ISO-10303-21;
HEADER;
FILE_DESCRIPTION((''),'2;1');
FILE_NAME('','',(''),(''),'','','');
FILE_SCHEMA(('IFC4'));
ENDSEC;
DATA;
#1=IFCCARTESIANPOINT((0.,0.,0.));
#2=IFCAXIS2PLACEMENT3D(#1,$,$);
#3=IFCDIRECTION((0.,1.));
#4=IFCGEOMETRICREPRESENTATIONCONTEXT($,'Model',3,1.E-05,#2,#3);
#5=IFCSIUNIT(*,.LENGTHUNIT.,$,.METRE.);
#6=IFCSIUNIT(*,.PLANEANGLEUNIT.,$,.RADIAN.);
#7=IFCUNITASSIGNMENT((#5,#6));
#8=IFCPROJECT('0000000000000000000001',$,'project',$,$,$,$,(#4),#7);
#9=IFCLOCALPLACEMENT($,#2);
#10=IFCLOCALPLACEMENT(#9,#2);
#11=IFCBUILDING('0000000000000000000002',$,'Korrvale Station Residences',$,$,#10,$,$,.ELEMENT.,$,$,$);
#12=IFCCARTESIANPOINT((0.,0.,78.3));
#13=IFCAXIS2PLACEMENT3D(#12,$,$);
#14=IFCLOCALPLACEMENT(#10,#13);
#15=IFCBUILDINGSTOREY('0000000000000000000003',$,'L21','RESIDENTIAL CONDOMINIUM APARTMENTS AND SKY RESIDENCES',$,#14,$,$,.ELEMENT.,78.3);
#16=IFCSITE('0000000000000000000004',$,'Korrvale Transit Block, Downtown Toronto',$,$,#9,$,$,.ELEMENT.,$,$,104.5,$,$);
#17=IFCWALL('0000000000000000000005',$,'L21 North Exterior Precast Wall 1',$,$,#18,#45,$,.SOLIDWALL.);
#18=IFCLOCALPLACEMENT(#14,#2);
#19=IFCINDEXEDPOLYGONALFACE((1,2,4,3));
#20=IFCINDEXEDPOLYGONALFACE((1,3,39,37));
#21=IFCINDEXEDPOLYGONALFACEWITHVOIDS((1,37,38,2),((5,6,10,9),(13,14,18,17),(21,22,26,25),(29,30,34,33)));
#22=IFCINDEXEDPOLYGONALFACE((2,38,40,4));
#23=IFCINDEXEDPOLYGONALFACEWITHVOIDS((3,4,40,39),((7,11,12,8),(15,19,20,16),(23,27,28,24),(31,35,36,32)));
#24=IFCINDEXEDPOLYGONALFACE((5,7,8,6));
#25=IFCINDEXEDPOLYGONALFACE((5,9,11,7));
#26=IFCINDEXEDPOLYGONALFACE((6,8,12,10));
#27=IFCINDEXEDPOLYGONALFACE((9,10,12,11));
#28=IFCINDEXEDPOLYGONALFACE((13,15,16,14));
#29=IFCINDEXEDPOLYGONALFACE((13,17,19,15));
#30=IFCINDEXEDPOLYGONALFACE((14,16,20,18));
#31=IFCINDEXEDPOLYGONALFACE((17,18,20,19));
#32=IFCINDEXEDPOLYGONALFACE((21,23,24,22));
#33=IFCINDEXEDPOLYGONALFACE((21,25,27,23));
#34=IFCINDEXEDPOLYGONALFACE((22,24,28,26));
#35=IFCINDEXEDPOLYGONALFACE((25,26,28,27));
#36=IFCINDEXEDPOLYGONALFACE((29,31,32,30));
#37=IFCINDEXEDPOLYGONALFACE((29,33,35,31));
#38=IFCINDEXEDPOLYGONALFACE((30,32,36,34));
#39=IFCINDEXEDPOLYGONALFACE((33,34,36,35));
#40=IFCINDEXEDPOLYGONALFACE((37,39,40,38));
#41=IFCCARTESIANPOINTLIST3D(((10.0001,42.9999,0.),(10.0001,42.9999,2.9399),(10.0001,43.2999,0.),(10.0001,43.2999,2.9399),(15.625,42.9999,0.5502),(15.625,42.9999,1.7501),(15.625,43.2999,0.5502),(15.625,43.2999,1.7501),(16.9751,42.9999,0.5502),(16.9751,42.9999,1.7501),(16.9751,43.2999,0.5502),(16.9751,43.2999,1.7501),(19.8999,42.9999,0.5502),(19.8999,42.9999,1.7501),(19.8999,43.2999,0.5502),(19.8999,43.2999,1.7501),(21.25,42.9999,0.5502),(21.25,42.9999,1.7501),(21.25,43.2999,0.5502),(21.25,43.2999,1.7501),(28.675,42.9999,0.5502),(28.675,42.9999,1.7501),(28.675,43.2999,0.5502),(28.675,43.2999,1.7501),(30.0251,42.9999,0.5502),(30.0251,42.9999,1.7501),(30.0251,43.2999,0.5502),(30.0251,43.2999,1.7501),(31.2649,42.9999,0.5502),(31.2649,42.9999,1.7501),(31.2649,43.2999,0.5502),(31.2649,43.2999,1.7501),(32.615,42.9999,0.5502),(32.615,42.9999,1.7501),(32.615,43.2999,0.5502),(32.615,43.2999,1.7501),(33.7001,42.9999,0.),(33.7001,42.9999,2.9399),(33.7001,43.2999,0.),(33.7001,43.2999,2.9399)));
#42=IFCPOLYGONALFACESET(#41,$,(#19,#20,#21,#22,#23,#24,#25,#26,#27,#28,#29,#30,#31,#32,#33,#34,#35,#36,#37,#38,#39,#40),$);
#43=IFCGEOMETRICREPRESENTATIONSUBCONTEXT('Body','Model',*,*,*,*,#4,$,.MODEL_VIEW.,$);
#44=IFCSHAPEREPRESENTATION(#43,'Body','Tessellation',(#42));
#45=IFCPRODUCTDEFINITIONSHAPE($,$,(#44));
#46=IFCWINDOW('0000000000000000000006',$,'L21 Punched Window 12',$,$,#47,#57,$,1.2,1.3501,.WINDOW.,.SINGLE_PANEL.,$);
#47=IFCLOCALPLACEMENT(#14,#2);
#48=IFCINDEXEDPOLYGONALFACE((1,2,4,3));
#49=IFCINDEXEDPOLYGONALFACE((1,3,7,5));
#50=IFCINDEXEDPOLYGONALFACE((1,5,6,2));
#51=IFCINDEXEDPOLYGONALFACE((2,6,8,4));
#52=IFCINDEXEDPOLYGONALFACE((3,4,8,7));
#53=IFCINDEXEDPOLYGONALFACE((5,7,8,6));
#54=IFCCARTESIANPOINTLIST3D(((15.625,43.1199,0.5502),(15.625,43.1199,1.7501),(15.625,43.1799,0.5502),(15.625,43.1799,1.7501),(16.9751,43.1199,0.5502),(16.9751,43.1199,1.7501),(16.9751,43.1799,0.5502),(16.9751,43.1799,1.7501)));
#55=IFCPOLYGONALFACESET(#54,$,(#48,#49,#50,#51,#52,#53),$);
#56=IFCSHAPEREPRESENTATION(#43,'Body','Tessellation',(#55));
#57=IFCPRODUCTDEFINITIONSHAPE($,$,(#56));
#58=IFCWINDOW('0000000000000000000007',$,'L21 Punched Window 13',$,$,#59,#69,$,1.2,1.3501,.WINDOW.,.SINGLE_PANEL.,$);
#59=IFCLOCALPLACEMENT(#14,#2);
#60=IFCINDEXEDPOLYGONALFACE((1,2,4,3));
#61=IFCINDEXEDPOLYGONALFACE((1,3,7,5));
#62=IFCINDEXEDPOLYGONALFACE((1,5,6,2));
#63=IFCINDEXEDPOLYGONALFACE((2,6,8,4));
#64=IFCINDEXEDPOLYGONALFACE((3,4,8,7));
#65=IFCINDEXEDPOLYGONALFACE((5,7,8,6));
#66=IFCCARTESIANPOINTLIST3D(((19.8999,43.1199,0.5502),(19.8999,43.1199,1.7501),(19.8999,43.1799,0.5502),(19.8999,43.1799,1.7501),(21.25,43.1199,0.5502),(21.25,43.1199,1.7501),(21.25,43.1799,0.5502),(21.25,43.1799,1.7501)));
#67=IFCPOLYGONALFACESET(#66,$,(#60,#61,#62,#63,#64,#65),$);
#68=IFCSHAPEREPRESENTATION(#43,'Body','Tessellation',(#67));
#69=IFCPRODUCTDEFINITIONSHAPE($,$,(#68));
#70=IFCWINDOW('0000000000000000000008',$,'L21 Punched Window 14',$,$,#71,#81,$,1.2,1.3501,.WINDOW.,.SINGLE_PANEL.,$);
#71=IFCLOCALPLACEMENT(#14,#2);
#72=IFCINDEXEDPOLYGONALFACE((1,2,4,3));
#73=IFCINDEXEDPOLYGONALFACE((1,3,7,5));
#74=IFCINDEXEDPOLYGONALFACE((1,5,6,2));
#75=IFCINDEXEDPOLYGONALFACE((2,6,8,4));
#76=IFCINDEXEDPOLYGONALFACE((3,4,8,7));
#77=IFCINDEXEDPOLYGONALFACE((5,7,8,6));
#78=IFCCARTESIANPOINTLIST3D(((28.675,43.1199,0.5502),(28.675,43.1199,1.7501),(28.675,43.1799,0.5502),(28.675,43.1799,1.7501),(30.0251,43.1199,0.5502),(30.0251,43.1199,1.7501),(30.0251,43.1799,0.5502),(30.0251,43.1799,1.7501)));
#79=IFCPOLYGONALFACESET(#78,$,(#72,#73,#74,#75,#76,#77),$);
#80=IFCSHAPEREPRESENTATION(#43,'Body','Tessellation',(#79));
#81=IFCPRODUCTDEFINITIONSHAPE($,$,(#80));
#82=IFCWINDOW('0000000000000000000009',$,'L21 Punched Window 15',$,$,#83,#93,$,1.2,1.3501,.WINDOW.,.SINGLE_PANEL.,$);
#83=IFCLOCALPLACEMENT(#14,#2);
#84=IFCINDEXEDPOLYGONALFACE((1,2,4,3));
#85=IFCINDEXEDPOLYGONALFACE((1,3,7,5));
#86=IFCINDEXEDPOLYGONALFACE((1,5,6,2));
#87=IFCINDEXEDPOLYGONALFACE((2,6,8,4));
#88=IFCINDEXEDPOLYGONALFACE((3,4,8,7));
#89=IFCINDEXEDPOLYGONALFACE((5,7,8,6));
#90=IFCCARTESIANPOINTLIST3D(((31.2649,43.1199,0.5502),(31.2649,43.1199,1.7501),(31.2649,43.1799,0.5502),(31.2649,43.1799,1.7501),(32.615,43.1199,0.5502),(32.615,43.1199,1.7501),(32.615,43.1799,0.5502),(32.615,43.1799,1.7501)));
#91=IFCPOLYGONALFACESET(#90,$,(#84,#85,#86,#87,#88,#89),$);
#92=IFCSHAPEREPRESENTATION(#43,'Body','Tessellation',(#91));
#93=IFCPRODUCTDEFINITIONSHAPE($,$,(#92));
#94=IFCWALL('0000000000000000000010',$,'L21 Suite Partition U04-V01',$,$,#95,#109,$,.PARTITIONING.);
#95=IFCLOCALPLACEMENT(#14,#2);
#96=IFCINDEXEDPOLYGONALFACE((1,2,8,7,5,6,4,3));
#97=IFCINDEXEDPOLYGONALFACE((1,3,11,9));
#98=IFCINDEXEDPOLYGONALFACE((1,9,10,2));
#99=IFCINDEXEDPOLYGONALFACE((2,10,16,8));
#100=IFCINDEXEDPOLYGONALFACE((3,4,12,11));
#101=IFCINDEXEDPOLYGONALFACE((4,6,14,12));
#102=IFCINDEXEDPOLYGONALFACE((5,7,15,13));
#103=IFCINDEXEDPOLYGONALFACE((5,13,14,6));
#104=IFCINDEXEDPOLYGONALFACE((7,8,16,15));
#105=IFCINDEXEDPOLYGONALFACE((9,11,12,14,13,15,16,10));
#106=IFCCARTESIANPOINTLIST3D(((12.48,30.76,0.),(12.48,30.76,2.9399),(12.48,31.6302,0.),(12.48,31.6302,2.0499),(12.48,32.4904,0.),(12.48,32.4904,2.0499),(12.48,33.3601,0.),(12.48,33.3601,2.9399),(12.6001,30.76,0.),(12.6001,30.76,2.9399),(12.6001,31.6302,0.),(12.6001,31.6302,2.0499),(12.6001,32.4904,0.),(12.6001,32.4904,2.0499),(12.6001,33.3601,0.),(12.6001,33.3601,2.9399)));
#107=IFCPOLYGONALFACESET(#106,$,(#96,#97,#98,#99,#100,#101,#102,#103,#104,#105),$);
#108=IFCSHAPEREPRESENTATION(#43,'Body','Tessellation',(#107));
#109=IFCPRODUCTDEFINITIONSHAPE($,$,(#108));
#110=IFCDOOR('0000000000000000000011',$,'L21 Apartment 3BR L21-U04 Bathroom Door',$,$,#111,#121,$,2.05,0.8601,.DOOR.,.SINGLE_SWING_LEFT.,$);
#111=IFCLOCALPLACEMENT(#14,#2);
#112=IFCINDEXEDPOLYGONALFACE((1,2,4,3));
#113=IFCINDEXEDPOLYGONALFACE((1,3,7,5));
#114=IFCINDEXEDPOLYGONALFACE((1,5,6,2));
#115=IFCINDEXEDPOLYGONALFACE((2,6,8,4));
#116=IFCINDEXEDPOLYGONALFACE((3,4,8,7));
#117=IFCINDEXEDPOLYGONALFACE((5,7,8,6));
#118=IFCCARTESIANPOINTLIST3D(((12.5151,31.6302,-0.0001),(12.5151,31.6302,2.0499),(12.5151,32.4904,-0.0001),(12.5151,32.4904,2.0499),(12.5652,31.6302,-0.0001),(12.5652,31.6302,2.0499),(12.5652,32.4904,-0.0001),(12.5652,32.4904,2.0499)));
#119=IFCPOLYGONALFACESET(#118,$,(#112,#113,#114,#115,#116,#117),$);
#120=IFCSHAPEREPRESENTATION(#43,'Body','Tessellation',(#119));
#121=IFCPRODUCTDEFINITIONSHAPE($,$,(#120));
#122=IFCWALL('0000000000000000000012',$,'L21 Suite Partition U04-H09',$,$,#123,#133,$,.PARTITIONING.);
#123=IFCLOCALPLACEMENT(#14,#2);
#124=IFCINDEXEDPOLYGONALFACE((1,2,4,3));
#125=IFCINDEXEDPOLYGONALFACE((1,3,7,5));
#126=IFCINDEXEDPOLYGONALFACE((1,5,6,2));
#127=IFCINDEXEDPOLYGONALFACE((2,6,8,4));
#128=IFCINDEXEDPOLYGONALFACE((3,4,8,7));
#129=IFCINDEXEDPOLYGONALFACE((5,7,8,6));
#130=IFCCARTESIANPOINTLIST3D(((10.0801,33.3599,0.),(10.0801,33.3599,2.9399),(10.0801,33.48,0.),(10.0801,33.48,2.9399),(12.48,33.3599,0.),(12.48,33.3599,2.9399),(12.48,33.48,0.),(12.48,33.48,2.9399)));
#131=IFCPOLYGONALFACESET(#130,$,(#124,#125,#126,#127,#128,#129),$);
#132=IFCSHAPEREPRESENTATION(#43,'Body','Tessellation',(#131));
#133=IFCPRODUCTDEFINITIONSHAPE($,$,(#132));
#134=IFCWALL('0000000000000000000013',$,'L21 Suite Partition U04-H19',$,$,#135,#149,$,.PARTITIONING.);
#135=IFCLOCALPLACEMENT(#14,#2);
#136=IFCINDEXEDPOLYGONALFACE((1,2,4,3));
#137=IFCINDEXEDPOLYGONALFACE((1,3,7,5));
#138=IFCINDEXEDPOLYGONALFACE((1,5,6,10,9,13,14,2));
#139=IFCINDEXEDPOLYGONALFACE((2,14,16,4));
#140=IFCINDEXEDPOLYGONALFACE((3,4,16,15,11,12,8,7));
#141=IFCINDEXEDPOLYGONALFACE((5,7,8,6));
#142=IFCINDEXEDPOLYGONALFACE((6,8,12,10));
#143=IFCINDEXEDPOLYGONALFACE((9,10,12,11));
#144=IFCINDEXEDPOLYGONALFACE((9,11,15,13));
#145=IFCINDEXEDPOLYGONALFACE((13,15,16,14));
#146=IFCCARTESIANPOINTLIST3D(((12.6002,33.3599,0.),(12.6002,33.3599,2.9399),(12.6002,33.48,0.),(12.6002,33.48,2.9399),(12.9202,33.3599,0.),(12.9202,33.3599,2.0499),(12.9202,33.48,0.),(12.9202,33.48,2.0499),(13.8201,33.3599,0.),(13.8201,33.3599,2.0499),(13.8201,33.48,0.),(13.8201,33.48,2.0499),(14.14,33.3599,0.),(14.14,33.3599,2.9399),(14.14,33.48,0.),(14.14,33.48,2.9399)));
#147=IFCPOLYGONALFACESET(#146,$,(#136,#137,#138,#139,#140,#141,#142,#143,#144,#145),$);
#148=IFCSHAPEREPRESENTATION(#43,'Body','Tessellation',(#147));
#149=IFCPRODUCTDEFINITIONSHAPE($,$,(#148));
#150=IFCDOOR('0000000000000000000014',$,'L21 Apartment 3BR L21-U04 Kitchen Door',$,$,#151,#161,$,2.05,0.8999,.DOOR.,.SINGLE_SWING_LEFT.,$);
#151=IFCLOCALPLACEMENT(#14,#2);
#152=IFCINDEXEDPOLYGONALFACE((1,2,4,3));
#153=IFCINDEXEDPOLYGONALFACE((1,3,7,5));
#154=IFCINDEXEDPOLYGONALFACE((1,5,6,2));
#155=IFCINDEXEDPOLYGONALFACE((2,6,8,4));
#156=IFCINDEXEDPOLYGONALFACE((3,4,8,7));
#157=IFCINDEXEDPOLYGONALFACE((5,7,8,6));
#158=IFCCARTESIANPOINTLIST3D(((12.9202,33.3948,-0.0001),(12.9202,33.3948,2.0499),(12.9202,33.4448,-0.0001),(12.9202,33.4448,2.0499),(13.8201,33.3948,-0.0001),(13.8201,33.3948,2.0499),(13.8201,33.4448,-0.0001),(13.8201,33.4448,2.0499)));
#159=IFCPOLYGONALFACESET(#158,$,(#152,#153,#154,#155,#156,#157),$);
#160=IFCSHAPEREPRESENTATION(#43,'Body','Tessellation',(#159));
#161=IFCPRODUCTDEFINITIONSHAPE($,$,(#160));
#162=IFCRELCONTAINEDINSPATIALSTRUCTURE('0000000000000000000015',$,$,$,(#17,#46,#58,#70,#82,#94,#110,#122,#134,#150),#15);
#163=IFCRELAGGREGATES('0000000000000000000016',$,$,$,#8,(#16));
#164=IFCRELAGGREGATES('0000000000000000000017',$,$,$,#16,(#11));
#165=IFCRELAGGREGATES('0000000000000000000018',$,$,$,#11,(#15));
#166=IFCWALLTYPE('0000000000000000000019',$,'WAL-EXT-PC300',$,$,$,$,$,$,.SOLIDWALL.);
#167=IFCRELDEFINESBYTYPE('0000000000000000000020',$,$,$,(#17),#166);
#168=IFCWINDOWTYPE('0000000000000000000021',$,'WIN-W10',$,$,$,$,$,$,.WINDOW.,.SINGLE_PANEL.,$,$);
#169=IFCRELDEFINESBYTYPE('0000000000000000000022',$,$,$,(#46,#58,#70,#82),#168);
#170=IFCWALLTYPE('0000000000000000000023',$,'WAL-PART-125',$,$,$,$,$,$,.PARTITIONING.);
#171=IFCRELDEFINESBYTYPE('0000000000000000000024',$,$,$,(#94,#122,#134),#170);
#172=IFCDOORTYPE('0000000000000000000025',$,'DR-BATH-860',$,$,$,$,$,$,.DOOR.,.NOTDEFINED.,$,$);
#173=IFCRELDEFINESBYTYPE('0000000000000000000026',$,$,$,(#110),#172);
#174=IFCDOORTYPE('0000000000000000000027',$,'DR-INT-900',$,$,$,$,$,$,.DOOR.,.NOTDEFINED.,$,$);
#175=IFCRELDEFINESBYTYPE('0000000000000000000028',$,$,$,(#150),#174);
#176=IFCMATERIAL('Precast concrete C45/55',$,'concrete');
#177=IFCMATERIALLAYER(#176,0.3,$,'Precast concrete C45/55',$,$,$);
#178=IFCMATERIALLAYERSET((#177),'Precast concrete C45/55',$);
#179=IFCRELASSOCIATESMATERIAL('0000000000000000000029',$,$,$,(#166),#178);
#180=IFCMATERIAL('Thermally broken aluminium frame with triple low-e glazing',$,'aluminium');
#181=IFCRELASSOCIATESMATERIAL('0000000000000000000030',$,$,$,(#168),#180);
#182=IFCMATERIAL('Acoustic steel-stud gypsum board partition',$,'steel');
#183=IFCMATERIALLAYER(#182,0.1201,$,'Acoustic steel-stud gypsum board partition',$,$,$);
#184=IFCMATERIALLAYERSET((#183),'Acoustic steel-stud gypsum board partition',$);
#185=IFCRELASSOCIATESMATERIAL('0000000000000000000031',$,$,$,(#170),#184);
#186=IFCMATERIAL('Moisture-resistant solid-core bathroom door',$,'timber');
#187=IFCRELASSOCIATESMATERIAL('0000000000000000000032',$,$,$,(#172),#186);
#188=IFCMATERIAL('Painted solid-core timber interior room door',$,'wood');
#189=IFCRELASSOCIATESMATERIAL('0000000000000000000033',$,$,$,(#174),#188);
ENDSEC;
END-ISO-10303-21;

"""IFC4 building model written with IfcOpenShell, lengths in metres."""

from ifc_helpers import new_model, si_unit, direction, frame, frame_2d, origin, place, context, subcontext, project, spatial, rectangle, extrude, material, layer, layer_set, type_object, element, fill, save


model = new_model("IFC4")

# Units and contexts
model_context = context("Model", 3, precision=1e-05, world=origin(), true_north=direction((0.0, 1.0)))
body_context = subcontext(model_context, "Body", "Model", "MODEL_VIEW")
ifc_project = project(units=[si_unit("LENGTHUNIT", "METRE"), si_unit("PLANEANGLEUNIT", "RADIAN")], contexts=[model_context])

# Site, building, storey
site_placement = place(None, origin())
site = spatial("IfcSite", under=ifc_project, at=site_placement, Name="Korrvale Transit Block, Downtown Toronto", CompositionType="ELEMENT", RefElevation=104.5)
building_placement = place(site_placement, origin())
building = spatial("IfcBuilding", under=site, at=building_placement, Name="Korrvale Station Residences", CompositionType="ELEMENT")
storey_placement = place(building_placement, frame((0.0, 0.0, 78.3)))
storey = spatial("IfcBuildingStorey", under=building, at=storey_placement, Name="L21", Description="RESIDENTIAL CONDOMINIUM APARTMENTS AND SKY RESIDENCES", CompositionType="ELEMENT", Elevation=78.3)

# Shared definitions
ifc_material_1 = material(Name="Precast concrete C45/55", Category="concrete")

# Wall, openings, windows
ifc_layer_1 = layer(ifc_material_1, 0.3, Name="Precast concrete C45/55")
ifc_layer_set_1 = layer_set([ifc_layer_1], Name="Precast concrete C45/55")
wall_type_1 = type_object("IfcWallType", Name="WAL-EXT-PC300", PredefinedType="SOLIDWALL", material=ifc_layer_set_1)
wall_1_placement = place(storey_placement, frame((10.0, 43.1499, 0.0), z_axis=(0.0, 0.0, 1.0), x_axis=(1.0, 0.0, 0.0)))
wall_1 = element("IfcWall", 1, at=wall_1_placement, inside=storey, type_object=wall_type_1, Name="L21 North Exterior Precast Wall 1", PredefinedType="SOLIDWALL", context=body_context, shape_type="SweptSolid", body=[
    extrude(rectangle(XDim=23.7, YDim=0.3, at=frame_2d((11.8501, 0.0))), origin(), (0.0, 0.0, 1.0), 2.9399),
])
opening_1_placement = place(wall_1_placement, frame((5.625, 0.0, 0.55)))
opening_1 = element("IfcOpeningElement", 2, at=opening_1_placement, cuts=wall_1, PredefinedType="OPENING", context=body_context, shape_type="SweptSolid", body=[
    extrude(rectangle(XDim=1.3501, YDim=1.2, at=frame_2d((0.675, 0.6001))), frame((0.0, 0.1602, 0.0), z_axis=(0.0, -1.0, 0.0), x_axis=(1.0, 0.0, 0.0)), (0.0, 0.0, 1.0), 0.3201),
])
opening_2_placement = place(wall_1_placement, frame((9.8999, 0.0, 0.55)))
opening_2 = element("IfcOpeningElement", 3, at=opening_2_placement, cuts=wall_1, PredefinedType="OPENING", context=body_context, shape_type="SweptSolid", body=[
    extrude(rectangle(XDim=1.3501, YDim=1.2, at=frame_2d((0.675, 0.6001))), frame((0.0, 0.1602, 0.0), z_axis=(0.0, -1.0, 0.0), x_axis=(1.0, 0.0, 0.0)), (0.0, 0.0, 1.0), 0.3201),
])
opening_3_placement = place(wall_1_placement, frame((18.675, 0.0, 0.55)))
opening_3 = element("IfcOpeningElement", 4, at=opening_3_placement, cuts=wall_1, PredefinedType="OPENING", context=body_context, shape_type="SweptSolid", body=[
    extrude(rectangle(XDim=1.3501, YDim=1.2, at=frame_2d((0.675, 0.6001))), frame((0.0, 0.1602, 0.0), z_axis=(0.0, -1.0, 0.0), x_axis=(1.0, 0.0, 0.0)), (0.0, 0.0, 1.0), 0.3201),
])
opening_4_placement = place(wall_1_placement, frame((21.2649, 0.0, 0.55)))
opening_4 = element("IfcOpeningElement", 5, at=opening_4_placement, cuts=wall_1, PredefinedType="OPENING", context=body_context, shape_type="SweptSolid", body=[
    extrude(rectangle(XDim=1.3501, YDim=1.2, at=frame_2d((0.675, 0.6001))), frame((0.0, 0.1602, 0.0), z_axis=(0.0, -1.0, 0.0), x_axis=(1.0, 0.0, 0.0)), (0.0, 0.0, 1.0), 0.3201),
])
ifc_material_2 = material(Name="Thermally broken aluminium frame with triple low-e glazing", Category="aluminium")
window_type = type_object("IfcWindowType", Name="WIN-W10", PartitioningType="SINGLE_PANEL", PredefinedType="WINDOW", material=ifc_material_2)
window_1_placement = place(opening_1_placement, origin())
window_1 = element("IfcWindow", 6, at=window_1_placement, inside=storey, type_object=window_type, Name="L21 Punched Window 12", OverallHeight=1.2, OverallWidth=1.3501, PartitioningType="SINGLE_PANEL", PredefinedType="WINDOW", context=body_context, shape_type="SweptSolid", body=[
    extrude(rectangle(XDim=1.3501, YDim=1.2, at=frame_2d((0.675, 0.6001))), frame((0.0, 0.03, 0.0), z_axis=(0.0, -1.0, 0.0), x_axis=(1.0, 0.0, 0.0)), (0.0, 0.0, 1.0), 0.0601),
])
fill(opening_1, window_1)
window_2_placement = place(opening_2_placement, origin())
window_2 = element("IfcWindow", 7, at=window_2_placement, inside=storey, type_object=window_type, Name="L21 Punched Window 13", OverallHeight=1.2, OverallWidth=1.3501, PartitioningType="SINGLE_PANEL", PredefinedType="WINDOW", context=body_context, shape_type="SweptSolid", body=[
    extrude(rectangle(XDim=1.3501, YDim=1.2, at=frame_2d((0.675, 0.6001))), frame((0.0, 0.03, 0.0), z_axis=(0.0, -1.0, 0.0), x_axis=(1.0, 0.0, 0.0)), (0.0, 0.0, 1.0), 0.0601),
])
fill(opening_2, window_2)
window_3_placement = place(opening_3_placement, origin())
window_3 = element("IfcWindow", 8, at=window_3_placement, inside=storey, type_object=window_type, Name="L21 Punched Window 14", OverallHeight=1.2, OverallWidth=1.3501, PartitioningType="SINGLE_PANEL", PredefinedType="WINDOW", context=body_context, shape_type="SweptSolid", body=[
    extrude(rectangle(XDim=1.3501, YDim=1.2, at=frame_2d((0.675, 0.6001))), frame((0.0, 0.03, 0.0), z_axis=(0.0, -1.0, 0.0), x_axis=(1.0, 0.0, 0.0)), (0.0, 0.0, 1.0), 0.0601),
])
fill(opening_3, window_3)
window_4_placement = place(opening_4_placement, origin())
window_4 = element("IfcWindow", 9, at=window_4_placement, inside=storey, type_object=window_type, Name="L21 Punched Window 15", OverallHeight=1.2, OverallWidth=1.3501, PartitioningType="SINGLE_PANEL", PredefinedType="WINDOW", context=body_context, shape_type="SweptSolid", body=[
    extrude(rectangle(XDim=1.3501, YDim=1.2, at=frame_2d((0.675, 0.6001))), frame((0.0, 0.03, 0.0), z_axis=(0.0, -1.0, 0.0), x_axis=(1.0, 0.0, 0.0)), (0.0, 0.0, 1.0), 0.0601),
])
fill(opening_4, window_4)

# Wall, opening, door
ifc_material_3 = material(Name="Acoustic steel-stud gypsum board partition", Category="steel")
ifc_layer_2 = layer(ifc_material_3, 0.1201, Name="Acoustic steel-stud gypsum board partition")
ifc_layer_set_2 = layer_set([ifc_layer_2], Name="Acoustic steel-stud gypsum board partition")
wall_type_2 = type_object("IfcWallType", Name="WAL-PART-125", PredefinedType="PARTITIONING", material=ifc_layer_set_2)
wall_2_placement = place(storey_placement, frame((12.54, 30.76, 0.0), z_axis=(0.0, 0.0, 1.0), x_axis=(0.0, 1.0, 0.0)))
wall_2 = element("IfcWall", 10, at=wall_2_placement, inside=storey, type_object=wall_type_2, Name="L21 Suite Partition U04-V01", PredefinedType="PARTITIONING", context=body_context, shape_type="SweptSolid", body=[
    extrude(rectangle(XDim=2.6001, YDim=0.1201, at=frame_2d((1.3, 0.0))), origin(), (0.0, 0.0, 1.0), 2.9399),
])
opening_5_placement = place(wall_2_placement, frame((0.8701, 0.0, 0.0)))
opening_5 = element("IfcOpeningElement", 11, at=opening_5_placement, cuts=wall_2, PredefinedType="OPENING", context=body_context, shape_type="SweptSolid", body=[
    extrude(rectangle(XDim=0.8601, YDim=2.05, at=frame_2d((0.4302, 1.0249))), frame((0.0, 0.0701, 0.0), z_axis=(0.0, -1.0, 0.0), x_axis=(1.0, 0.0, 0.0)), (0.0, 0.0, 1.0), 0.1401),
])
ifc_material_4 = material(Name="Moisture-resistant solid-core bathroom door", Category="timber")
door_type_1 = type_object("IfcDoorType", Name="DR-BATH-860", OperationType="NOTDEFINED", PredefinedType="DOOR", material=ifc_material_4)
door_1_placement = place(opening_5_placement, origin())
door_1 = element("IfcDoor", 12, at=door_1_placement, inside=storey, type_object=door_type_1, Name="L21 Apartment 3BR L21-U04 Bathroom Door", OperationType="SINGLE_SWING_LEFT", OverallHeight=2.05, OverallWidth=0.8601, PredefinedType="DOOR", context=body_context, shape_type="SweptSolid", body=[
    extrude(rectangle(XDim=0.8601, YDim=2.05, at=frame_2d((0.4302, 1.0249))), frame((0.0, 0.0249, 0.0), z_axis=(0.0, -1.0, 0.0), x_axis=(1.0, 0.0, 0.0)), (0.0, 0.0, 1.0), 0.05),
])
fill(opening_5, door_1)

# Wall
wall_3_placement = place(storey_placement, frame((10.0801, 33.4199, 0.0), z_axis=(0.0, 0.0, 1.0), x_axis=(1.0, 0.0, 0.0)))
element("IfcWall", 13, at=wall_3_placement, inside=storey, type_object=wall_type_2, Name="L21 Suite Partition U04-H09", PredefinedType="PARTITIONING", context=body_context, shape_type="SweptSolid", body=[
    extrude(rectangle(XDim=2.3999, YDim=0.1201, at=frame_2d((1.2, 0.0))), origin(), (0.0, 0.0, 1.0), 2.9399),
])

# Wall, opening, door
wall_4_placement = place(storey_placement, frame((12.6001, 33.4199, 0.0), z_axis=(0.0, 0.0, 1.0), x_axis=(1.0, 0.0, 0.0)))
wall_4 = element("IfcWall", 14, at=wall_4_placement, inside=storey, type_object=wall_type_2, Name="L21 Suite Partition U04-H19", PredefinedType="PARTITIONING", context=body_context, shape_type="SweptSolid", body=[
    extrude(rectangle(XDim=1.5398, YDim=0.1201, at=frame_2d((0.77, 0.0))), origin(), (0.0, 0.0, 1.0), 2.9399),
])
opening_6_placement = place(wall_4_placement, frame((0.3201, 0.0, 0.0)))
opening_6 = element("IfcOpeningElement", 15, at=opening_6_placement, cuts=wall_4, PredefinedType="OPENING", context=body_context, shape_type="SweptSolid", body=[
    extrude(rectangle(XDim=0.8999, YDim=2.05, at=frame_2d((0.45, 1.0249))), frame((0.0, 0.0701, 0.0), z_axis=(0.0, -1.0, 0.0), x_axis=(1.0, 0.0, 0.0)), (0.0, 0.0, 1.0), 0.1401),
])
ifc_material_5 = material(Name="Painted solid-core timber interior room door", Category="wood")
door_type_2 = type_object("IfcDoorType", Name="DR-INT-900", OperationType="NOTDEFINED", PredefinedType="DOOR", material=ifc_material_5)
door_2_placement = place(opening_6_placement, origin())
door_2 = element("IfcDoor", 16, at=door_2_placement, inside=storey, type_object=door_type_2, Name="L21 Apartment 3BR L21-U04 Kitchen Door", OperationType="SINGLE_SWING_LEFT", OverallHeight=2.05, OverallWidth=0.8999, PredefinedType="DOOR", context=body_context, shape_type="SweptSolid", body=[
    extrude(rectangle(XDim=0.8999, YDim=2.05, at=frame_2d((0.45, 1.0249))), frame((0.0, 0.0249, 0.0), z_axis=(0.0, -1.0, 0.0), x_axis=(1.0, 0.0, 0.0)), (0.0, 0.0, 1.0), 0.05),
])
fill(opening_6, door_2)

save(model, "model.ifc")
